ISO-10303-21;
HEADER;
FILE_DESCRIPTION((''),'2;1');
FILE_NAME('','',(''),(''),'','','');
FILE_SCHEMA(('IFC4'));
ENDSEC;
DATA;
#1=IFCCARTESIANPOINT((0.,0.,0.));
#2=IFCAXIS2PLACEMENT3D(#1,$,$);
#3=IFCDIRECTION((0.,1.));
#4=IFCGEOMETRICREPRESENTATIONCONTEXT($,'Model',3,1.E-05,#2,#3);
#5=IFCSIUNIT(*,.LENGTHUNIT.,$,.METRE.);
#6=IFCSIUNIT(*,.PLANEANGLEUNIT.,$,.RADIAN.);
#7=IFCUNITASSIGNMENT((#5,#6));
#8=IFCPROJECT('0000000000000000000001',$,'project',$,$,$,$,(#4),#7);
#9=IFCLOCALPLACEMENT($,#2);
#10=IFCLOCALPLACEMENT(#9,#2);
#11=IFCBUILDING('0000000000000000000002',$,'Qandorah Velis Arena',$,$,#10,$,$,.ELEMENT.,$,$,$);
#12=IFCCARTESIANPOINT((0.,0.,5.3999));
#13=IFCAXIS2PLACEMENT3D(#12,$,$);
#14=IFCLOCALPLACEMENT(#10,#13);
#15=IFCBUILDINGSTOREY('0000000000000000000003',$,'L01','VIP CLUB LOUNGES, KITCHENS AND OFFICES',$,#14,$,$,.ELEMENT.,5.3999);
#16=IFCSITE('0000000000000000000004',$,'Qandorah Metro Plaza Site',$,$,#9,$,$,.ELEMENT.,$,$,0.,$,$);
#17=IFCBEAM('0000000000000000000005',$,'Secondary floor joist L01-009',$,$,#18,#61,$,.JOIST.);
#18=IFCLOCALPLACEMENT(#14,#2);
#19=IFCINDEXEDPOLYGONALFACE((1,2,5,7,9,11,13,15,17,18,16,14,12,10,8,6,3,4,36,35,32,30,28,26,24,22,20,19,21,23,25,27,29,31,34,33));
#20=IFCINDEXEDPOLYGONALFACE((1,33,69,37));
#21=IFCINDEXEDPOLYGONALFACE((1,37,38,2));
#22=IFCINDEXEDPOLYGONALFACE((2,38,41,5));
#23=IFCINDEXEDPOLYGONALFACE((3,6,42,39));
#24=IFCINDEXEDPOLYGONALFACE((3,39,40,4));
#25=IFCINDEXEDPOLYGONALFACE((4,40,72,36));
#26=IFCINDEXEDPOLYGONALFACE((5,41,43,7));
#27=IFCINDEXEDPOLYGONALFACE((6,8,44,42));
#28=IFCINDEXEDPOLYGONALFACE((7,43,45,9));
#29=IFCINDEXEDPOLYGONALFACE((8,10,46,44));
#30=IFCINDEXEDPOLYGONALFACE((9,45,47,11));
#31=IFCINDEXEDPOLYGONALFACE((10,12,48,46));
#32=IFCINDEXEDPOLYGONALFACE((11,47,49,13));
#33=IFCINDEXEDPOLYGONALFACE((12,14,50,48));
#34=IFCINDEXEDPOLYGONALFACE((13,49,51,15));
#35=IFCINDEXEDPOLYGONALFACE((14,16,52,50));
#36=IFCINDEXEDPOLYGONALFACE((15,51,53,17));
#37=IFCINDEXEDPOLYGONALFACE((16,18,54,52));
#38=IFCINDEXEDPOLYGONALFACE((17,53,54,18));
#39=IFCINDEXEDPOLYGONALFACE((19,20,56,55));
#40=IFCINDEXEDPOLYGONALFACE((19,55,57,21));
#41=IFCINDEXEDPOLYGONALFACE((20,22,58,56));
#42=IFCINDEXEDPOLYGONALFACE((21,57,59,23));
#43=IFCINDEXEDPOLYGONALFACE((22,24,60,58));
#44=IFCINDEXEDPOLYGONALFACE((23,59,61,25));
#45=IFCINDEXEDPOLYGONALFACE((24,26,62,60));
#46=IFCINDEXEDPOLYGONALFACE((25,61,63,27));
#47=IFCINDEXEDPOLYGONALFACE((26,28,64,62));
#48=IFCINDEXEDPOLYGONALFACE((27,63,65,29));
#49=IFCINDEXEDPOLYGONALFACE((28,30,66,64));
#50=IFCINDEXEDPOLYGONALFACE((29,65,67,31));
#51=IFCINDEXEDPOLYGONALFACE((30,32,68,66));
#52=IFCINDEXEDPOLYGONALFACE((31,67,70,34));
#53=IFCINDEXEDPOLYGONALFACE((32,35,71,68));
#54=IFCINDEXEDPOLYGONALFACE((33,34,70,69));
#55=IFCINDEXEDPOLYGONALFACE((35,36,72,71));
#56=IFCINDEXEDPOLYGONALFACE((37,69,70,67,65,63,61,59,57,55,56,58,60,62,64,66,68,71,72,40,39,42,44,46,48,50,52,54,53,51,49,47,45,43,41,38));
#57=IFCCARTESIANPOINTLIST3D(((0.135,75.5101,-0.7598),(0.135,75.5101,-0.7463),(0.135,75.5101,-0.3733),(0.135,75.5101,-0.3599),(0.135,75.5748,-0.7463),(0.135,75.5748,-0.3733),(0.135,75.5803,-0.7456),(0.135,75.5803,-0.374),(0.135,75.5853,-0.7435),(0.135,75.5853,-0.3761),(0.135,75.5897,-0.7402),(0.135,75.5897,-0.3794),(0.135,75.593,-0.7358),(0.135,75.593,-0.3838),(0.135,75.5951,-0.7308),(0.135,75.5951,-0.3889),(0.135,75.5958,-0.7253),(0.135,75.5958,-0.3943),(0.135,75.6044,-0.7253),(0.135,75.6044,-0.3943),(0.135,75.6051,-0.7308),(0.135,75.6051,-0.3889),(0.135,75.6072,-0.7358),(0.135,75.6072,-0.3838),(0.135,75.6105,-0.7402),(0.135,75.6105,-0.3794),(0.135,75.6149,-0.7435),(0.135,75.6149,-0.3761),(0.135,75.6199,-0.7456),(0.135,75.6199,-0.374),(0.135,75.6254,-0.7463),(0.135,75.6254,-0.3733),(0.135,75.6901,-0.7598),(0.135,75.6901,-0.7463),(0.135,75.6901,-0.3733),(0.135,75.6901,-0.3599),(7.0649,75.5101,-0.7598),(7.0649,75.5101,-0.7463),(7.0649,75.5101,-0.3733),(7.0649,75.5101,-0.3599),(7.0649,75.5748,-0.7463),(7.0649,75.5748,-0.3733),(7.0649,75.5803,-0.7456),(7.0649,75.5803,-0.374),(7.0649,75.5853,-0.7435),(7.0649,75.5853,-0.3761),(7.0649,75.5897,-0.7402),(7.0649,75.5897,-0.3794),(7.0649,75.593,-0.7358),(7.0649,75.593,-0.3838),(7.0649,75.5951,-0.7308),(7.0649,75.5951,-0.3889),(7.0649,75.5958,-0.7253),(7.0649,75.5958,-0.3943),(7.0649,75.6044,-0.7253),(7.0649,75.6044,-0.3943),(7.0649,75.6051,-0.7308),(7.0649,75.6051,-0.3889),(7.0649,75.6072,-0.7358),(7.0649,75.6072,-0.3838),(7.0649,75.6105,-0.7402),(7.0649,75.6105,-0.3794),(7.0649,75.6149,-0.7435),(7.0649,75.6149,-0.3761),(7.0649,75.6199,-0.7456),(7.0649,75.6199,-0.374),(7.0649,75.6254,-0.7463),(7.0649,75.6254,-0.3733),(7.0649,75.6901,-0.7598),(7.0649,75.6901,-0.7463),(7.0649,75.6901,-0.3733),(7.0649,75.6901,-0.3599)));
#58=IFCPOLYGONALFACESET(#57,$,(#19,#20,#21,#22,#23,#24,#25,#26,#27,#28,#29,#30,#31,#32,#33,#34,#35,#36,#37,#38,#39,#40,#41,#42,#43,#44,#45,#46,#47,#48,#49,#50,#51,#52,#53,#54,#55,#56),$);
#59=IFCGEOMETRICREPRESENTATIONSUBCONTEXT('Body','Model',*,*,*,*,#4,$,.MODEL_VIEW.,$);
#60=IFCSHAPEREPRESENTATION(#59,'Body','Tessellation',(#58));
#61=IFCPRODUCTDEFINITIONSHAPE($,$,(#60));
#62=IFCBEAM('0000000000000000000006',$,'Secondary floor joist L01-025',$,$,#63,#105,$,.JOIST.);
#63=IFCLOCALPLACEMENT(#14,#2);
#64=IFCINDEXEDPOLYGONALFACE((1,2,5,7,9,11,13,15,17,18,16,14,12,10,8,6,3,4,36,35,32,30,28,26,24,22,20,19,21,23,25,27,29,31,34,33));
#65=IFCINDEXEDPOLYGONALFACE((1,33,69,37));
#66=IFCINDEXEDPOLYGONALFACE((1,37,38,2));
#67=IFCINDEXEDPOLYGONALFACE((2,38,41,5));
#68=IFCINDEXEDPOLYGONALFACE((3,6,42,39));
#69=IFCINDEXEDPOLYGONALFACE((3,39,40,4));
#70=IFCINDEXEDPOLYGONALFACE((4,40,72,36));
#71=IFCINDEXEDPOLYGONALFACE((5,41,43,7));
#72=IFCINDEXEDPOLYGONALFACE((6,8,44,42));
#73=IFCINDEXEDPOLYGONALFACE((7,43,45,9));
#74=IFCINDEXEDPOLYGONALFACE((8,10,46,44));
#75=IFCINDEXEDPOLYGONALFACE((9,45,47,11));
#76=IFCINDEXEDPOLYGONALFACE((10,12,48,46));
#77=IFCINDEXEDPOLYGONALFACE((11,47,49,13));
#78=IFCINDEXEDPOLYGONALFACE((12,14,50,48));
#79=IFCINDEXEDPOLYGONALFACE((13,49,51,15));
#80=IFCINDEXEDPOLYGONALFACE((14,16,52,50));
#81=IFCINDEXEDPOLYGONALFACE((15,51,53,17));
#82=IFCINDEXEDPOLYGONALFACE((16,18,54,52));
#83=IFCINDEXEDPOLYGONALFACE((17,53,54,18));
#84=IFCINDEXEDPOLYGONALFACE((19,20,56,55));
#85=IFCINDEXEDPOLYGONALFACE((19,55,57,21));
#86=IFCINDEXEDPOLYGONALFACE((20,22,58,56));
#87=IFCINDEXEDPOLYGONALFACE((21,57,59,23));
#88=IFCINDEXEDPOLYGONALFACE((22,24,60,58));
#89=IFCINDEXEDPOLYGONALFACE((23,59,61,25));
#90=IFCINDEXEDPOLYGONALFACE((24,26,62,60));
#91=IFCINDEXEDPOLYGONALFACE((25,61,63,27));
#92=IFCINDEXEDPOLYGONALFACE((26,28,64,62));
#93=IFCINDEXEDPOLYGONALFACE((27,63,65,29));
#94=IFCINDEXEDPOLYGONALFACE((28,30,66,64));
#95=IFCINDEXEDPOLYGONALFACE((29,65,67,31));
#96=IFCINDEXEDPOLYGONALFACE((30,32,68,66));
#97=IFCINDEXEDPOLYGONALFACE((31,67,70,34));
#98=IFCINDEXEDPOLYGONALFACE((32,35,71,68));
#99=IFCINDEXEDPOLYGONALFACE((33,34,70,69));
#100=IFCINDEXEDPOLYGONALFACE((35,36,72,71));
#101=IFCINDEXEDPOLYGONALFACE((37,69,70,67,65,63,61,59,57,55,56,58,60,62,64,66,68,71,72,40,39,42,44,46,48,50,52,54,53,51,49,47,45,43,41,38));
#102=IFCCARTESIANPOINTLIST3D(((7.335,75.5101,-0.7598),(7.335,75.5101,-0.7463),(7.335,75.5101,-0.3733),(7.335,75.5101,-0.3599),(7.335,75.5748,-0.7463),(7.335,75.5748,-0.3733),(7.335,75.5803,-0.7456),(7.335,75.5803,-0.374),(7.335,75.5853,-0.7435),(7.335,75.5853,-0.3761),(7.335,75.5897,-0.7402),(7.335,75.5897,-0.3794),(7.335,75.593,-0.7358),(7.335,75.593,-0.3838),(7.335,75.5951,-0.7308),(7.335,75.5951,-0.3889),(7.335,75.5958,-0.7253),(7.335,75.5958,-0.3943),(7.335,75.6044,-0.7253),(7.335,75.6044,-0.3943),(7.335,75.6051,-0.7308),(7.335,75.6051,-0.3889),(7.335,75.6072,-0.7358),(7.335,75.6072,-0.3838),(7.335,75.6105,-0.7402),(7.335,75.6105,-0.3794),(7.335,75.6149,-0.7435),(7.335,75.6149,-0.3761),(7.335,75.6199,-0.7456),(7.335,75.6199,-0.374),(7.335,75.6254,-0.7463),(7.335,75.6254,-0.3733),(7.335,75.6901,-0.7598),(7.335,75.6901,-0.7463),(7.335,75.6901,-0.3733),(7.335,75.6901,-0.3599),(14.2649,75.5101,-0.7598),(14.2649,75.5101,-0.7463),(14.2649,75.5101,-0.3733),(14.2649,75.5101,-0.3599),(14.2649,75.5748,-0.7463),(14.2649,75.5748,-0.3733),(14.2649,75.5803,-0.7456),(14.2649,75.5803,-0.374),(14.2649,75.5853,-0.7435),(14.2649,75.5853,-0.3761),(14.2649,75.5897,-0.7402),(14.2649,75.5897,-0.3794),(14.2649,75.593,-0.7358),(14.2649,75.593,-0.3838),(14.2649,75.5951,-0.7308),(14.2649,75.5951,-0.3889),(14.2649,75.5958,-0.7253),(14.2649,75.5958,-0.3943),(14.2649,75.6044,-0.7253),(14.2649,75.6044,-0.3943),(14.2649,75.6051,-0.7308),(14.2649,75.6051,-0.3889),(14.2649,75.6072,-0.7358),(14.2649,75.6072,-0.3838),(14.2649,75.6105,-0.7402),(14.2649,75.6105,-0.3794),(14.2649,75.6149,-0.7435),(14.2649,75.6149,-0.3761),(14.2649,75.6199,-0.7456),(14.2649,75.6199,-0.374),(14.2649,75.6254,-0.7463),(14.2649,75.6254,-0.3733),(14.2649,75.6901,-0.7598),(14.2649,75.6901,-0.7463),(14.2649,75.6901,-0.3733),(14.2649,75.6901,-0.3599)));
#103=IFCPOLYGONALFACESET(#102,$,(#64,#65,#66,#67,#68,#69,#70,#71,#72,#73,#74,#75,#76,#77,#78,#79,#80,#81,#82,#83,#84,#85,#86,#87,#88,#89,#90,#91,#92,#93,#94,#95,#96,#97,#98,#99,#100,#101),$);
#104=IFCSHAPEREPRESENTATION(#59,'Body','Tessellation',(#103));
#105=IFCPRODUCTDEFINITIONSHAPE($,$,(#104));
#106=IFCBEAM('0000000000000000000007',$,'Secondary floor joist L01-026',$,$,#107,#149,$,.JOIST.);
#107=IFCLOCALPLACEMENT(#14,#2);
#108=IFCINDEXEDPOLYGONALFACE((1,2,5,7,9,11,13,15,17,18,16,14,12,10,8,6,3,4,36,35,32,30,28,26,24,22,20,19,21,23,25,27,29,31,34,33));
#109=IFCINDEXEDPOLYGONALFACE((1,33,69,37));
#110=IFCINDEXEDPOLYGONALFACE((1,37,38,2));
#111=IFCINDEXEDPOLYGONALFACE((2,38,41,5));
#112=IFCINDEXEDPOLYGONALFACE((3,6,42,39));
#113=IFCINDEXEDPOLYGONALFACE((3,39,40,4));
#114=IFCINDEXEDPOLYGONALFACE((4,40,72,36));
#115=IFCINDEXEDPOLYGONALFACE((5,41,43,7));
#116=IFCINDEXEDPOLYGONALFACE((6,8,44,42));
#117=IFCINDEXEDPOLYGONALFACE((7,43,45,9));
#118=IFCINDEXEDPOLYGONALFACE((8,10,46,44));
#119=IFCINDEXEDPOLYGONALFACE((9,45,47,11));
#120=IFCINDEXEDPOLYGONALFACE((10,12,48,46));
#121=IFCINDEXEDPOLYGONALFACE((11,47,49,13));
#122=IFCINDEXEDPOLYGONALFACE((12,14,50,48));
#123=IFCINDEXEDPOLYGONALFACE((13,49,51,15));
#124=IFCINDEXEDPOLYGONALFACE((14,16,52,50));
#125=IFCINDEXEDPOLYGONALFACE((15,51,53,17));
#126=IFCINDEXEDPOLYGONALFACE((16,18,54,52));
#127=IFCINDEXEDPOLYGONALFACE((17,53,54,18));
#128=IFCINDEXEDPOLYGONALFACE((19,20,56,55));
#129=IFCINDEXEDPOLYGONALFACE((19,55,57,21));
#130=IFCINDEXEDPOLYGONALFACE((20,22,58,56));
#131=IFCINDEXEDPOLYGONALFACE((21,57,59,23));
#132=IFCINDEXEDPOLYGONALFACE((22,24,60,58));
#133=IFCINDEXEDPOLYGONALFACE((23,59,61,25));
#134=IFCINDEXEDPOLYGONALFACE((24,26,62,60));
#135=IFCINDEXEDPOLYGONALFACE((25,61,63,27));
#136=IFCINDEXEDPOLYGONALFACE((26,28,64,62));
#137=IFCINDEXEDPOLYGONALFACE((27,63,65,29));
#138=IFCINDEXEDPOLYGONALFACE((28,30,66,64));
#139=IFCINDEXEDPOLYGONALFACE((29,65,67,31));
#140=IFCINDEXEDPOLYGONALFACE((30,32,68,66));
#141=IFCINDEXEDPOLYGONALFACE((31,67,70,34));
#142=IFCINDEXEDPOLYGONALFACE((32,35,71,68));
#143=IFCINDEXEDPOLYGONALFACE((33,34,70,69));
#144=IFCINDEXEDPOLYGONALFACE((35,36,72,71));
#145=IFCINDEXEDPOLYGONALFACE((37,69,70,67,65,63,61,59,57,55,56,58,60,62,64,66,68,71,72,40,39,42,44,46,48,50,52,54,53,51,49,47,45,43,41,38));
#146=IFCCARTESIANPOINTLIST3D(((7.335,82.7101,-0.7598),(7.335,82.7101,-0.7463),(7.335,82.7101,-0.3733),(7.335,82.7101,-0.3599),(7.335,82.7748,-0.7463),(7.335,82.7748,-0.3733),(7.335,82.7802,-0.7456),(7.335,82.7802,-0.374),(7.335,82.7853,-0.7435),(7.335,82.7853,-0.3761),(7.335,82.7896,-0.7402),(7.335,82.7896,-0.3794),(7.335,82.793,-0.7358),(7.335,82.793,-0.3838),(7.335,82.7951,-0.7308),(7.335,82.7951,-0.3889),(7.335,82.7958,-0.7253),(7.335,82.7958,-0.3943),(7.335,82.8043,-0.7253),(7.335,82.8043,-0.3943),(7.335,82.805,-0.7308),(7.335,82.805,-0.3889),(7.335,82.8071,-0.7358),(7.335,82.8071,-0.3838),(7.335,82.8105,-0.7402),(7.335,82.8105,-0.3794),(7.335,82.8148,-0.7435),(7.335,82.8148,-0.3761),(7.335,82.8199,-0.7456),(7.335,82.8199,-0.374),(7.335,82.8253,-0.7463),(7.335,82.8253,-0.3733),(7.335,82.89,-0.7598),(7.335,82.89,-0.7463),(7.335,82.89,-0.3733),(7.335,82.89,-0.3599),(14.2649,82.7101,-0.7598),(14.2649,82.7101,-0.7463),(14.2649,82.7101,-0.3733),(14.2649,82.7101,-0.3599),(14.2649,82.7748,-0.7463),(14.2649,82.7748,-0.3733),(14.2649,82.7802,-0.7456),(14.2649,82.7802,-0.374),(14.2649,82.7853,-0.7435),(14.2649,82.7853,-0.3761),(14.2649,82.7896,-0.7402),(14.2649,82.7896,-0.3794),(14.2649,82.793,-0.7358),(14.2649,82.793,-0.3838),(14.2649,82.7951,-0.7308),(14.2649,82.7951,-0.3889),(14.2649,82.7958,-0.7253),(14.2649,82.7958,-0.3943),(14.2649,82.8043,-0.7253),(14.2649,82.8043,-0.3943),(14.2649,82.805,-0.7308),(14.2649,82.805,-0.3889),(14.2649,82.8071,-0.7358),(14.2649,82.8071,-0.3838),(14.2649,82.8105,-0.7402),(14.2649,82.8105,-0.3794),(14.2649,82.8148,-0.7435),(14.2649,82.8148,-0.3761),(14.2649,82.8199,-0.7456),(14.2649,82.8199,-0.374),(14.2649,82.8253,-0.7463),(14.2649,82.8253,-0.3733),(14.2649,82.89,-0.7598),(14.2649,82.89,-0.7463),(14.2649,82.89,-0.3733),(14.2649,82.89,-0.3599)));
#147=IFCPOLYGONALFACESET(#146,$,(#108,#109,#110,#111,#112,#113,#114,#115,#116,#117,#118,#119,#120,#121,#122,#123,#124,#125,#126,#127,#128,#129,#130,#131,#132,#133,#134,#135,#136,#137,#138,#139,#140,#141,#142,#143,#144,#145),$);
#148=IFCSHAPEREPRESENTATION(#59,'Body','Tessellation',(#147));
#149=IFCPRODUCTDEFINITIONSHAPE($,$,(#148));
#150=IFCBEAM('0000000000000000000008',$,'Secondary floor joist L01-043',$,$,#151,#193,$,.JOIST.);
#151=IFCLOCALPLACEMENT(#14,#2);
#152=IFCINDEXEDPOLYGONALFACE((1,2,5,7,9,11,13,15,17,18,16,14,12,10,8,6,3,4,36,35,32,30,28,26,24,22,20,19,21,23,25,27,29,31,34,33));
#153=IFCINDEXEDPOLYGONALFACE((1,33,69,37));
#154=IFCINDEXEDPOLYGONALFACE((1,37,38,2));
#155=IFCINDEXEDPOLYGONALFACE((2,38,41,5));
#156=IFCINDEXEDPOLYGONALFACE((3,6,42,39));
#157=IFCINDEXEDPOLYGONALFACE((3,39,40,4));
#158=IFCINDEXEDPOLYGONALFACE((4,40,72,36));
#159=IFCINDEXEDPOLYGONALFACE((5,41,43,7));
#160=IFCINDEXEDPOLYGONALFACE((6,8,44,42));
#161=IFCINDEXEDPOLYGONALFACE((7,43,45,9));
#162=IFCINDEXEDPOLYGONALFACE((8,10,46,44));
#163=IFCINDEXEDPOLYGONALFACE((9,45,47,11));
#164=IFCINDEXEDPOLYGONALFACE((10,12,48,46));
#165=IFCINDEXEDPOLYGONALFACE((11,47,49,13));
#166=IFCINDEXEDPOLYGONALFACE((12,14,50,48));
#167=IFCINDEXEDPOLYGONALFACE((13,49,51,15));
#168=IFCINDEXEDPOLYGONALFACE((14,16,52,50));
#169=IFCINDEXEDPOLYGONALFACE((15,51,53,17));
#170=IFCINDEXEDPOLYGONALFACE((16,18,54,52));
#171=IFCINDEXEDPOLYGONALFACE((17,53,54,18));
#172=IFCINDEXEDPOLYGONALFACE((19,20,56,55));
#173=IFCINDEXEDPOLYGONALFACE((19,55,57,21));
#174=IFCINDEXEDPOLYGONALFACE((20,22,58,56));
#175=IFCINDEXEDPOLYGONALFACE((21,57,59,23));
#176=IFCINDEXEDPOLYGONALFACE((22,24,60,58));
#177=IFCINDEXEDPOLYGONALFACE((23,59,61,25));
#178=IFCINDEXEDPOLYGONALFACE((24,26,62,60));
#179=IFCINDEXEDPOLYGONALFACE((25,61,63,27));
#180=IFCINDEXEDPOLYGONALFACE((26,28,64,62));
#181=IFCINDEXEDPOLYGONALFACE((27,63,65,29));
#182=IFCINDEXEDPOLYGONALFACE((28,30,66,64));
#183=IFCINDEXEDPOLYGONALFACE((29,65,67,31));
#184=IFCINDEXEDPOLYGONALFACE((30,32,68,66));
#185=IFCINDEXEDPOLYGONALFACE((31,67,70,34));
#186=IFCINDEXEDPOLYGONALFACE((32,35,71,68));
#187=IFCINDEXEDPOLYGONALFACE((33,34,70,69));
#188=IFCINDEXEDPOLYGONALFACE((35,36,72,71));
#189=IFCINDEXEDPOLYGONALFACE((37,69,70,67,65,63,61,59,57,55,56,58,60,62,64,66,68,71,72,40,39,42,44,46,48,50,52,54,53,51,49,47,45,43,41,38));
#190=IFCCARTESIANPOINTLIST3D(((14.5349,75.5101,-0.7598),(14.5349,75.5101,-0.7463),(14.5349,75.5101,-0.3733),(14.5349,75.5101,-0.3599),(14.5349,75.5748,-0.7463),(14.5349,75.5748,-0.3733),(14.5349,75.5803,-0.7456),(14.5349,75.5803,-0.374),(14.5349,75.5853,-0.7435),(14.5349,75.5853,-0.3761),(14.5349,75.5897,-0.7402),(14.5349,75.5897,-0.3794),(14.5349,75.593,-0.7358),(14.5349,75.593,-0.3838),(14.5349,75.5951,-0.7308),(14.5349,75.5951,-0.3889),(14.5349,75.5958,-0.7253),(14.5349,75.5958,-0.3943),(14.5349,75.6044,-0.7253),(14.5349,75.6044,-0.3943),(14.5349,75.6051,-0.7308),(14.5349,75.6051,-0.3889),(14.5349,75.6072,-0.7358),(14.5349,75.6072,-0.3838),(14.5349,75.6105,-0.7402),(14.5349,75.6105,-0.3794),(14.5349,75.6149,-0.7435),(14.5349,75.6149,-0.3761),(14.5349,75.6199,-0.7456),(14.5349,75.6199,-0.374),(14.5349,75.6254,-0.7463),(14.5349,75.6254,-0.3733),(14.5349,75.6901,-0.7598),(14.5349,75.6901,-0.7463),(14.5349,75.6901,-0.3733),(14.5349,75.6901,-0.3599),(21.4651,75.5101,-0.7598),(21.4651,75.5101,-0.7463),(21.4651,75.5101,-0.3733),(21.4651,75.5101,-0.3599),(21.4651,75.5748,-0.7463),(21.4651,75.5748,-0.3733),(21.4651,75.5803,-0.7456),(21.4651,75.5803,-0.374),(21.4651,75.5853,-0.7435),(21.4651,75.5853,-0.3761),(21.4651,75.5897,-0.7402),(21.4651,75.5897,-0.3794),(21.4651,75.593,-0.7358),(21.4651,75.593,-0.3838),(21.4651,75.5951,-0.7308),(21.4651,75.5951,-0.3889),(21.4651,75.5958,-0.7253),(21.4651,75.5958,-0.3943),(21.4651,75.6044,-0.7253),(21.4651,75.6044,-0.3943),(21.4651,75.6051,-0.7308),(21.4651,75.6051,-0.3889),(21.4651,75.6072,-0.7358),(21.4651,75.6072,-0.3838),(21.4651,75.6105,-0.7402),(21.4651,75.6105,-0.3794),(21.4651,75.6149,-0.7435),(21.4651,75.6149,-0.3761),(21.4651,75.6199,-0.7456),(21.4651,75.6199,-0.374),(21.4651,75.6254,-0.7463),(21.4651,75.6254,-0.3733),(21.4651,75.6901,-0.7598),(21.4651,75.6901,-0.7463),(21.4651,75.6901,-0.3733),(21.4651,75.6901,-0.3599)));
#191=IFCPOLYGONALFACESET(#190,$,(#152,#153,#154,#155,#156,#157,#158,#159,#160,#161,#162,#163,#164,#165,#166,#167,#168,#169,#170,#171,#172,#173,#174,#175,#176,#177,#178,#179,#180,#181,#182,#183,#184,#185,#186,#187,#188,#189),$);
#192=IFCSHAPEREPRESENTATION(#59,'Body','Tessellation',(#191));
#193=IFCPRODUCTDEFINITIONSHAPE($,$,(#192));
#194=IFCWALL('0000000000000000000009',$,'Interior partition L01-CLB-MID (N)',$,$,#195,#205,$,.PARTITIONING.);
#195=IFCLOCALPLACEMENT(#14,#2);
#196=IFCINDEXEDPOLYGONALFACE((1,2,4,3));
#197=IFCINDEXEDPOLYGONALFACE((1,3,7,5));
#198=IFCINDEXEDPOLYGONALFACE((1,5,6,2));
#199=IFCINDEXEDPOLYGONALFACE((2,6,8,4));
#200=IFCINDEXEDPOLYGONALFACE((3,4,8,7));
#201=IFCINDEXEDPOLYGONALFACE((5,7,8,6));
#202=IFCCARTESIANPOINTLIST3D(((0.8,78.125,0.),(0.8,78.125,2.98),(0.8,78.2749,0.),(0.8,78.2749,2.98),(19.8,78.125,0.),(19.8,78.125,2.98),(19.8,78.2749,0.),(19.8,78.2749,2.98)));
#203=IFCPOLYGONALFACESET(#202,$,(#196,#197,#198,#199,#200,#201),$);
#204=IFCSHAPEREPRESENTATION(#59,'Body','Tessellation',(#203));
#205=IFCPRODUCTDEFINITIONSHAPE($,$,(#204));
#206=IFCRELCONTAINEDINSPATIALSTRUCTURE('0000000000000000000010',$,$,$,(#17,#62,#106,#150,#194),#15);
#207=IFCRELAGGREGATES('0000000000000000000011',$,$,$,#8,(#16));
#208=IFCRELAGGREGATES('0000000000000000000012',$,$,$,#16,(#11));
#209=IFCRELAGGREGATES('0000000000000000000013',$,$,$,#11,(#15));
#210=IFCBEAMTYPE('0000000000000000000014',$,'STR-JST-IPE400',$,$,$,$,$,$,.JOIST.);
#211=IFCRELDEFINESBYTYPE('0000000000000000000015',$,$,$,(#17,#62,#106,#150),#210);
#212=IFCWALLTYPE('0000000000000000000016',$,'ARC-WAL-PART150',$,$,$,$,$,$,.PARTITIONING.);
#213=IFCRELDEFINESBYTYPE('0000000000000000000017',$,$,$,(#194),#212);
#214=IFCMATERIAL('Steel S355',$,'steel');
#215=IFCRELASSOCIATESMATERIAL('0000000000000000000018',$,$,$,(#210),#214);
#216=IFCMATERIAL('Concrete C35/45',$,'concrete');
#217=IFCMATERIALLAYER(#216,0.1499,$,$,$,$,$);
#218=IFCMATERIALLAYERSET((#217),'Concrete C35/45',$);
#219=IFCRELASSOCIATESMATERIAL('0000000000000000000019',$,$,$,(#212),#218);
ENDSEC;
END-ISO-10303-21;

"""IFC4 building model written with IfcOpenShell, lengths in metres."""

from ifc_helpers import new_model, si_unit, direction, frame, frame_2d, origin, origin_2d, place, context, subcontext, project, spatial, rectangle, i_section, extrude, material, layer, layer_set, material_profile, profile_set, type_object, element, save


model = new_model("IFC4")

# Units and contexts
model_context = context("Model", 3, precision=1e-05, world=origin(), true_north=direction((0.0, 1.0)))
body_context = subcontext(model_context, "Body", "Model", "MODEL_VIEW")
ifc_project = project(units=[si_unit("LENGTHUNIT", "METRE"), si_unit("PLANEANGLEUNIT", "RADIAN")], contexts=[model_context])

# Site, building, storey
site_placement = place(None, origin())
site = spatial("IfcSite", under=ifc_project, at=site_placement, Name="Qandorah Metro Plaza Site", CompositionType="ELEMENT", RefElevation=0.0)
building_placement = place(site_placement, origin())
building = spatial("IfcBuilding", under=site, at=building_placement, Name="Qandorah Velis Arena", CompositionType="ELEMENT")
storey_placement = place(building_placement, frame((0.0, 0.0, 5.3999)))
storey = spatial("IfcBuildingStorey", under=building, at=storey_placement, Name="L01", Description="VIP CLUB LOUNGES, KITCHENS AND OFFICES", CompositionType="ELEMENT", Elevation=5.3999)

# Beams
ifc_material_1 = material(Name="Steel S355", Category="steel")
ifc_material_profile_1 = material_profile(ifc_material_1, i_section(OverallWidth=0.1799, OverallDepth=0.3999, WebThickness=0.0085, FlangeThickness=0.0134, FilletRadius=0.021, at=origin_2d()), Name="IPE 400")
ifc_profile_set_1 = profile_set([ifc_material_profile_1], Name="Steel S355")
beam_type_1 = type_object("IfcBeamType", Name="STR-JST-IPE400", PredefinedType="JOIST", material=ifc_profile_set_1)
for number, where, z_axis, x_axis, name in (
    (1, (0.135, 75.6001, -0.5598), (1.0, 0.0, 0.0), (0.0, 1.0, 0.0), "Secondary floor joist L01-009"),
    (2, (7.335, 75.6001, -0.5598), (1.0, 0.0, 0.0), (0.0, 1.0, 0.0), "Secondary floor joist L01-025"),
    (3, (7.335, 82.8, -0.5598), (1.0, 0.0, 0.0), (0.0, 1.0, 0.0), "Secondary floor joist L01-026"),
):
    element("IfcBeam", number, at=place(storey_placement, frame(where, z_axis=z_axis, x_axis=x_axis)), inside=storey, type_object=beam_type_1, Name=name, PredefinedType="JOIST", context=body_context, shape_type="SweptSolid", body=[
        extrude(i_section(OverallWidth=0.1799, OverallDepth=0.3999, WebThickness=0.0085, FlangeThickness=0.0134, FilletRadius=0.021, at=origin_2d()), origin(), (0.0, 0.0, 1.0), 6.9299),
    ])
beam_1_placement = place(storey_placement, frame((14.5349, 75.6001, -0.5598), z_axis=(1.0, 0.0, 0.0), x_axis=(0.0, 1.0, 0.0)))
element("IfcBeam", 4, at=beam_1_placement, inside=storey, type_object=beam_type_1, Name="Secondary floor joist L01-043", PredefinedType="JOIST", context=body_context, shape_type="SweptSolid", body=[
    extrude(i_section(OverallWidth=0.1799, OverallDepth=0.3999, WebThickness=0.0085, FlangeThickness=0.0134, FilletRadius=0.021, at=origin_2d()), origin(), (0.0, 0.0, 1.0), 6.9302),
])

# Wall
ifc_material_2 = material(Name="Concrete C35/45", Category="concrete")
ifc_layer_1 = layer(ifc_material_2, 0.1499)
ifc_layer_set_1 = layer_set([ifc_layer_1], Name="Concrete C35/45")
wall_type_1 = type_object("IfcWallType", Name="ARC-WAL-PART150", PredefinedType="PARTITIONING", material=ifc_layer_set_1)
wall_1_placement = place(storey_placement, frame((19.8, 78.2, 0.0), z_axis=(0.0, 0.0, 1.0), x_axis=(-1.0, 0.0, 0.0)))
element("IfcWall", 5, at=wall_1_placement, inside=storey, type_object=wall_type_1, Name="Interior partition L01-CLB-MID (N)", PredefinedType="PARTITIONING", context=body_context, shape_type="SweptSolid", body=[
    extrude(rectangle(XDim=19.0, YDim=0.1499, at=frame_2d((9.5, 0.0))), origin(), (0.0, 0.0, 1.0), 2.98),
])

save(model, "model.ifc")
